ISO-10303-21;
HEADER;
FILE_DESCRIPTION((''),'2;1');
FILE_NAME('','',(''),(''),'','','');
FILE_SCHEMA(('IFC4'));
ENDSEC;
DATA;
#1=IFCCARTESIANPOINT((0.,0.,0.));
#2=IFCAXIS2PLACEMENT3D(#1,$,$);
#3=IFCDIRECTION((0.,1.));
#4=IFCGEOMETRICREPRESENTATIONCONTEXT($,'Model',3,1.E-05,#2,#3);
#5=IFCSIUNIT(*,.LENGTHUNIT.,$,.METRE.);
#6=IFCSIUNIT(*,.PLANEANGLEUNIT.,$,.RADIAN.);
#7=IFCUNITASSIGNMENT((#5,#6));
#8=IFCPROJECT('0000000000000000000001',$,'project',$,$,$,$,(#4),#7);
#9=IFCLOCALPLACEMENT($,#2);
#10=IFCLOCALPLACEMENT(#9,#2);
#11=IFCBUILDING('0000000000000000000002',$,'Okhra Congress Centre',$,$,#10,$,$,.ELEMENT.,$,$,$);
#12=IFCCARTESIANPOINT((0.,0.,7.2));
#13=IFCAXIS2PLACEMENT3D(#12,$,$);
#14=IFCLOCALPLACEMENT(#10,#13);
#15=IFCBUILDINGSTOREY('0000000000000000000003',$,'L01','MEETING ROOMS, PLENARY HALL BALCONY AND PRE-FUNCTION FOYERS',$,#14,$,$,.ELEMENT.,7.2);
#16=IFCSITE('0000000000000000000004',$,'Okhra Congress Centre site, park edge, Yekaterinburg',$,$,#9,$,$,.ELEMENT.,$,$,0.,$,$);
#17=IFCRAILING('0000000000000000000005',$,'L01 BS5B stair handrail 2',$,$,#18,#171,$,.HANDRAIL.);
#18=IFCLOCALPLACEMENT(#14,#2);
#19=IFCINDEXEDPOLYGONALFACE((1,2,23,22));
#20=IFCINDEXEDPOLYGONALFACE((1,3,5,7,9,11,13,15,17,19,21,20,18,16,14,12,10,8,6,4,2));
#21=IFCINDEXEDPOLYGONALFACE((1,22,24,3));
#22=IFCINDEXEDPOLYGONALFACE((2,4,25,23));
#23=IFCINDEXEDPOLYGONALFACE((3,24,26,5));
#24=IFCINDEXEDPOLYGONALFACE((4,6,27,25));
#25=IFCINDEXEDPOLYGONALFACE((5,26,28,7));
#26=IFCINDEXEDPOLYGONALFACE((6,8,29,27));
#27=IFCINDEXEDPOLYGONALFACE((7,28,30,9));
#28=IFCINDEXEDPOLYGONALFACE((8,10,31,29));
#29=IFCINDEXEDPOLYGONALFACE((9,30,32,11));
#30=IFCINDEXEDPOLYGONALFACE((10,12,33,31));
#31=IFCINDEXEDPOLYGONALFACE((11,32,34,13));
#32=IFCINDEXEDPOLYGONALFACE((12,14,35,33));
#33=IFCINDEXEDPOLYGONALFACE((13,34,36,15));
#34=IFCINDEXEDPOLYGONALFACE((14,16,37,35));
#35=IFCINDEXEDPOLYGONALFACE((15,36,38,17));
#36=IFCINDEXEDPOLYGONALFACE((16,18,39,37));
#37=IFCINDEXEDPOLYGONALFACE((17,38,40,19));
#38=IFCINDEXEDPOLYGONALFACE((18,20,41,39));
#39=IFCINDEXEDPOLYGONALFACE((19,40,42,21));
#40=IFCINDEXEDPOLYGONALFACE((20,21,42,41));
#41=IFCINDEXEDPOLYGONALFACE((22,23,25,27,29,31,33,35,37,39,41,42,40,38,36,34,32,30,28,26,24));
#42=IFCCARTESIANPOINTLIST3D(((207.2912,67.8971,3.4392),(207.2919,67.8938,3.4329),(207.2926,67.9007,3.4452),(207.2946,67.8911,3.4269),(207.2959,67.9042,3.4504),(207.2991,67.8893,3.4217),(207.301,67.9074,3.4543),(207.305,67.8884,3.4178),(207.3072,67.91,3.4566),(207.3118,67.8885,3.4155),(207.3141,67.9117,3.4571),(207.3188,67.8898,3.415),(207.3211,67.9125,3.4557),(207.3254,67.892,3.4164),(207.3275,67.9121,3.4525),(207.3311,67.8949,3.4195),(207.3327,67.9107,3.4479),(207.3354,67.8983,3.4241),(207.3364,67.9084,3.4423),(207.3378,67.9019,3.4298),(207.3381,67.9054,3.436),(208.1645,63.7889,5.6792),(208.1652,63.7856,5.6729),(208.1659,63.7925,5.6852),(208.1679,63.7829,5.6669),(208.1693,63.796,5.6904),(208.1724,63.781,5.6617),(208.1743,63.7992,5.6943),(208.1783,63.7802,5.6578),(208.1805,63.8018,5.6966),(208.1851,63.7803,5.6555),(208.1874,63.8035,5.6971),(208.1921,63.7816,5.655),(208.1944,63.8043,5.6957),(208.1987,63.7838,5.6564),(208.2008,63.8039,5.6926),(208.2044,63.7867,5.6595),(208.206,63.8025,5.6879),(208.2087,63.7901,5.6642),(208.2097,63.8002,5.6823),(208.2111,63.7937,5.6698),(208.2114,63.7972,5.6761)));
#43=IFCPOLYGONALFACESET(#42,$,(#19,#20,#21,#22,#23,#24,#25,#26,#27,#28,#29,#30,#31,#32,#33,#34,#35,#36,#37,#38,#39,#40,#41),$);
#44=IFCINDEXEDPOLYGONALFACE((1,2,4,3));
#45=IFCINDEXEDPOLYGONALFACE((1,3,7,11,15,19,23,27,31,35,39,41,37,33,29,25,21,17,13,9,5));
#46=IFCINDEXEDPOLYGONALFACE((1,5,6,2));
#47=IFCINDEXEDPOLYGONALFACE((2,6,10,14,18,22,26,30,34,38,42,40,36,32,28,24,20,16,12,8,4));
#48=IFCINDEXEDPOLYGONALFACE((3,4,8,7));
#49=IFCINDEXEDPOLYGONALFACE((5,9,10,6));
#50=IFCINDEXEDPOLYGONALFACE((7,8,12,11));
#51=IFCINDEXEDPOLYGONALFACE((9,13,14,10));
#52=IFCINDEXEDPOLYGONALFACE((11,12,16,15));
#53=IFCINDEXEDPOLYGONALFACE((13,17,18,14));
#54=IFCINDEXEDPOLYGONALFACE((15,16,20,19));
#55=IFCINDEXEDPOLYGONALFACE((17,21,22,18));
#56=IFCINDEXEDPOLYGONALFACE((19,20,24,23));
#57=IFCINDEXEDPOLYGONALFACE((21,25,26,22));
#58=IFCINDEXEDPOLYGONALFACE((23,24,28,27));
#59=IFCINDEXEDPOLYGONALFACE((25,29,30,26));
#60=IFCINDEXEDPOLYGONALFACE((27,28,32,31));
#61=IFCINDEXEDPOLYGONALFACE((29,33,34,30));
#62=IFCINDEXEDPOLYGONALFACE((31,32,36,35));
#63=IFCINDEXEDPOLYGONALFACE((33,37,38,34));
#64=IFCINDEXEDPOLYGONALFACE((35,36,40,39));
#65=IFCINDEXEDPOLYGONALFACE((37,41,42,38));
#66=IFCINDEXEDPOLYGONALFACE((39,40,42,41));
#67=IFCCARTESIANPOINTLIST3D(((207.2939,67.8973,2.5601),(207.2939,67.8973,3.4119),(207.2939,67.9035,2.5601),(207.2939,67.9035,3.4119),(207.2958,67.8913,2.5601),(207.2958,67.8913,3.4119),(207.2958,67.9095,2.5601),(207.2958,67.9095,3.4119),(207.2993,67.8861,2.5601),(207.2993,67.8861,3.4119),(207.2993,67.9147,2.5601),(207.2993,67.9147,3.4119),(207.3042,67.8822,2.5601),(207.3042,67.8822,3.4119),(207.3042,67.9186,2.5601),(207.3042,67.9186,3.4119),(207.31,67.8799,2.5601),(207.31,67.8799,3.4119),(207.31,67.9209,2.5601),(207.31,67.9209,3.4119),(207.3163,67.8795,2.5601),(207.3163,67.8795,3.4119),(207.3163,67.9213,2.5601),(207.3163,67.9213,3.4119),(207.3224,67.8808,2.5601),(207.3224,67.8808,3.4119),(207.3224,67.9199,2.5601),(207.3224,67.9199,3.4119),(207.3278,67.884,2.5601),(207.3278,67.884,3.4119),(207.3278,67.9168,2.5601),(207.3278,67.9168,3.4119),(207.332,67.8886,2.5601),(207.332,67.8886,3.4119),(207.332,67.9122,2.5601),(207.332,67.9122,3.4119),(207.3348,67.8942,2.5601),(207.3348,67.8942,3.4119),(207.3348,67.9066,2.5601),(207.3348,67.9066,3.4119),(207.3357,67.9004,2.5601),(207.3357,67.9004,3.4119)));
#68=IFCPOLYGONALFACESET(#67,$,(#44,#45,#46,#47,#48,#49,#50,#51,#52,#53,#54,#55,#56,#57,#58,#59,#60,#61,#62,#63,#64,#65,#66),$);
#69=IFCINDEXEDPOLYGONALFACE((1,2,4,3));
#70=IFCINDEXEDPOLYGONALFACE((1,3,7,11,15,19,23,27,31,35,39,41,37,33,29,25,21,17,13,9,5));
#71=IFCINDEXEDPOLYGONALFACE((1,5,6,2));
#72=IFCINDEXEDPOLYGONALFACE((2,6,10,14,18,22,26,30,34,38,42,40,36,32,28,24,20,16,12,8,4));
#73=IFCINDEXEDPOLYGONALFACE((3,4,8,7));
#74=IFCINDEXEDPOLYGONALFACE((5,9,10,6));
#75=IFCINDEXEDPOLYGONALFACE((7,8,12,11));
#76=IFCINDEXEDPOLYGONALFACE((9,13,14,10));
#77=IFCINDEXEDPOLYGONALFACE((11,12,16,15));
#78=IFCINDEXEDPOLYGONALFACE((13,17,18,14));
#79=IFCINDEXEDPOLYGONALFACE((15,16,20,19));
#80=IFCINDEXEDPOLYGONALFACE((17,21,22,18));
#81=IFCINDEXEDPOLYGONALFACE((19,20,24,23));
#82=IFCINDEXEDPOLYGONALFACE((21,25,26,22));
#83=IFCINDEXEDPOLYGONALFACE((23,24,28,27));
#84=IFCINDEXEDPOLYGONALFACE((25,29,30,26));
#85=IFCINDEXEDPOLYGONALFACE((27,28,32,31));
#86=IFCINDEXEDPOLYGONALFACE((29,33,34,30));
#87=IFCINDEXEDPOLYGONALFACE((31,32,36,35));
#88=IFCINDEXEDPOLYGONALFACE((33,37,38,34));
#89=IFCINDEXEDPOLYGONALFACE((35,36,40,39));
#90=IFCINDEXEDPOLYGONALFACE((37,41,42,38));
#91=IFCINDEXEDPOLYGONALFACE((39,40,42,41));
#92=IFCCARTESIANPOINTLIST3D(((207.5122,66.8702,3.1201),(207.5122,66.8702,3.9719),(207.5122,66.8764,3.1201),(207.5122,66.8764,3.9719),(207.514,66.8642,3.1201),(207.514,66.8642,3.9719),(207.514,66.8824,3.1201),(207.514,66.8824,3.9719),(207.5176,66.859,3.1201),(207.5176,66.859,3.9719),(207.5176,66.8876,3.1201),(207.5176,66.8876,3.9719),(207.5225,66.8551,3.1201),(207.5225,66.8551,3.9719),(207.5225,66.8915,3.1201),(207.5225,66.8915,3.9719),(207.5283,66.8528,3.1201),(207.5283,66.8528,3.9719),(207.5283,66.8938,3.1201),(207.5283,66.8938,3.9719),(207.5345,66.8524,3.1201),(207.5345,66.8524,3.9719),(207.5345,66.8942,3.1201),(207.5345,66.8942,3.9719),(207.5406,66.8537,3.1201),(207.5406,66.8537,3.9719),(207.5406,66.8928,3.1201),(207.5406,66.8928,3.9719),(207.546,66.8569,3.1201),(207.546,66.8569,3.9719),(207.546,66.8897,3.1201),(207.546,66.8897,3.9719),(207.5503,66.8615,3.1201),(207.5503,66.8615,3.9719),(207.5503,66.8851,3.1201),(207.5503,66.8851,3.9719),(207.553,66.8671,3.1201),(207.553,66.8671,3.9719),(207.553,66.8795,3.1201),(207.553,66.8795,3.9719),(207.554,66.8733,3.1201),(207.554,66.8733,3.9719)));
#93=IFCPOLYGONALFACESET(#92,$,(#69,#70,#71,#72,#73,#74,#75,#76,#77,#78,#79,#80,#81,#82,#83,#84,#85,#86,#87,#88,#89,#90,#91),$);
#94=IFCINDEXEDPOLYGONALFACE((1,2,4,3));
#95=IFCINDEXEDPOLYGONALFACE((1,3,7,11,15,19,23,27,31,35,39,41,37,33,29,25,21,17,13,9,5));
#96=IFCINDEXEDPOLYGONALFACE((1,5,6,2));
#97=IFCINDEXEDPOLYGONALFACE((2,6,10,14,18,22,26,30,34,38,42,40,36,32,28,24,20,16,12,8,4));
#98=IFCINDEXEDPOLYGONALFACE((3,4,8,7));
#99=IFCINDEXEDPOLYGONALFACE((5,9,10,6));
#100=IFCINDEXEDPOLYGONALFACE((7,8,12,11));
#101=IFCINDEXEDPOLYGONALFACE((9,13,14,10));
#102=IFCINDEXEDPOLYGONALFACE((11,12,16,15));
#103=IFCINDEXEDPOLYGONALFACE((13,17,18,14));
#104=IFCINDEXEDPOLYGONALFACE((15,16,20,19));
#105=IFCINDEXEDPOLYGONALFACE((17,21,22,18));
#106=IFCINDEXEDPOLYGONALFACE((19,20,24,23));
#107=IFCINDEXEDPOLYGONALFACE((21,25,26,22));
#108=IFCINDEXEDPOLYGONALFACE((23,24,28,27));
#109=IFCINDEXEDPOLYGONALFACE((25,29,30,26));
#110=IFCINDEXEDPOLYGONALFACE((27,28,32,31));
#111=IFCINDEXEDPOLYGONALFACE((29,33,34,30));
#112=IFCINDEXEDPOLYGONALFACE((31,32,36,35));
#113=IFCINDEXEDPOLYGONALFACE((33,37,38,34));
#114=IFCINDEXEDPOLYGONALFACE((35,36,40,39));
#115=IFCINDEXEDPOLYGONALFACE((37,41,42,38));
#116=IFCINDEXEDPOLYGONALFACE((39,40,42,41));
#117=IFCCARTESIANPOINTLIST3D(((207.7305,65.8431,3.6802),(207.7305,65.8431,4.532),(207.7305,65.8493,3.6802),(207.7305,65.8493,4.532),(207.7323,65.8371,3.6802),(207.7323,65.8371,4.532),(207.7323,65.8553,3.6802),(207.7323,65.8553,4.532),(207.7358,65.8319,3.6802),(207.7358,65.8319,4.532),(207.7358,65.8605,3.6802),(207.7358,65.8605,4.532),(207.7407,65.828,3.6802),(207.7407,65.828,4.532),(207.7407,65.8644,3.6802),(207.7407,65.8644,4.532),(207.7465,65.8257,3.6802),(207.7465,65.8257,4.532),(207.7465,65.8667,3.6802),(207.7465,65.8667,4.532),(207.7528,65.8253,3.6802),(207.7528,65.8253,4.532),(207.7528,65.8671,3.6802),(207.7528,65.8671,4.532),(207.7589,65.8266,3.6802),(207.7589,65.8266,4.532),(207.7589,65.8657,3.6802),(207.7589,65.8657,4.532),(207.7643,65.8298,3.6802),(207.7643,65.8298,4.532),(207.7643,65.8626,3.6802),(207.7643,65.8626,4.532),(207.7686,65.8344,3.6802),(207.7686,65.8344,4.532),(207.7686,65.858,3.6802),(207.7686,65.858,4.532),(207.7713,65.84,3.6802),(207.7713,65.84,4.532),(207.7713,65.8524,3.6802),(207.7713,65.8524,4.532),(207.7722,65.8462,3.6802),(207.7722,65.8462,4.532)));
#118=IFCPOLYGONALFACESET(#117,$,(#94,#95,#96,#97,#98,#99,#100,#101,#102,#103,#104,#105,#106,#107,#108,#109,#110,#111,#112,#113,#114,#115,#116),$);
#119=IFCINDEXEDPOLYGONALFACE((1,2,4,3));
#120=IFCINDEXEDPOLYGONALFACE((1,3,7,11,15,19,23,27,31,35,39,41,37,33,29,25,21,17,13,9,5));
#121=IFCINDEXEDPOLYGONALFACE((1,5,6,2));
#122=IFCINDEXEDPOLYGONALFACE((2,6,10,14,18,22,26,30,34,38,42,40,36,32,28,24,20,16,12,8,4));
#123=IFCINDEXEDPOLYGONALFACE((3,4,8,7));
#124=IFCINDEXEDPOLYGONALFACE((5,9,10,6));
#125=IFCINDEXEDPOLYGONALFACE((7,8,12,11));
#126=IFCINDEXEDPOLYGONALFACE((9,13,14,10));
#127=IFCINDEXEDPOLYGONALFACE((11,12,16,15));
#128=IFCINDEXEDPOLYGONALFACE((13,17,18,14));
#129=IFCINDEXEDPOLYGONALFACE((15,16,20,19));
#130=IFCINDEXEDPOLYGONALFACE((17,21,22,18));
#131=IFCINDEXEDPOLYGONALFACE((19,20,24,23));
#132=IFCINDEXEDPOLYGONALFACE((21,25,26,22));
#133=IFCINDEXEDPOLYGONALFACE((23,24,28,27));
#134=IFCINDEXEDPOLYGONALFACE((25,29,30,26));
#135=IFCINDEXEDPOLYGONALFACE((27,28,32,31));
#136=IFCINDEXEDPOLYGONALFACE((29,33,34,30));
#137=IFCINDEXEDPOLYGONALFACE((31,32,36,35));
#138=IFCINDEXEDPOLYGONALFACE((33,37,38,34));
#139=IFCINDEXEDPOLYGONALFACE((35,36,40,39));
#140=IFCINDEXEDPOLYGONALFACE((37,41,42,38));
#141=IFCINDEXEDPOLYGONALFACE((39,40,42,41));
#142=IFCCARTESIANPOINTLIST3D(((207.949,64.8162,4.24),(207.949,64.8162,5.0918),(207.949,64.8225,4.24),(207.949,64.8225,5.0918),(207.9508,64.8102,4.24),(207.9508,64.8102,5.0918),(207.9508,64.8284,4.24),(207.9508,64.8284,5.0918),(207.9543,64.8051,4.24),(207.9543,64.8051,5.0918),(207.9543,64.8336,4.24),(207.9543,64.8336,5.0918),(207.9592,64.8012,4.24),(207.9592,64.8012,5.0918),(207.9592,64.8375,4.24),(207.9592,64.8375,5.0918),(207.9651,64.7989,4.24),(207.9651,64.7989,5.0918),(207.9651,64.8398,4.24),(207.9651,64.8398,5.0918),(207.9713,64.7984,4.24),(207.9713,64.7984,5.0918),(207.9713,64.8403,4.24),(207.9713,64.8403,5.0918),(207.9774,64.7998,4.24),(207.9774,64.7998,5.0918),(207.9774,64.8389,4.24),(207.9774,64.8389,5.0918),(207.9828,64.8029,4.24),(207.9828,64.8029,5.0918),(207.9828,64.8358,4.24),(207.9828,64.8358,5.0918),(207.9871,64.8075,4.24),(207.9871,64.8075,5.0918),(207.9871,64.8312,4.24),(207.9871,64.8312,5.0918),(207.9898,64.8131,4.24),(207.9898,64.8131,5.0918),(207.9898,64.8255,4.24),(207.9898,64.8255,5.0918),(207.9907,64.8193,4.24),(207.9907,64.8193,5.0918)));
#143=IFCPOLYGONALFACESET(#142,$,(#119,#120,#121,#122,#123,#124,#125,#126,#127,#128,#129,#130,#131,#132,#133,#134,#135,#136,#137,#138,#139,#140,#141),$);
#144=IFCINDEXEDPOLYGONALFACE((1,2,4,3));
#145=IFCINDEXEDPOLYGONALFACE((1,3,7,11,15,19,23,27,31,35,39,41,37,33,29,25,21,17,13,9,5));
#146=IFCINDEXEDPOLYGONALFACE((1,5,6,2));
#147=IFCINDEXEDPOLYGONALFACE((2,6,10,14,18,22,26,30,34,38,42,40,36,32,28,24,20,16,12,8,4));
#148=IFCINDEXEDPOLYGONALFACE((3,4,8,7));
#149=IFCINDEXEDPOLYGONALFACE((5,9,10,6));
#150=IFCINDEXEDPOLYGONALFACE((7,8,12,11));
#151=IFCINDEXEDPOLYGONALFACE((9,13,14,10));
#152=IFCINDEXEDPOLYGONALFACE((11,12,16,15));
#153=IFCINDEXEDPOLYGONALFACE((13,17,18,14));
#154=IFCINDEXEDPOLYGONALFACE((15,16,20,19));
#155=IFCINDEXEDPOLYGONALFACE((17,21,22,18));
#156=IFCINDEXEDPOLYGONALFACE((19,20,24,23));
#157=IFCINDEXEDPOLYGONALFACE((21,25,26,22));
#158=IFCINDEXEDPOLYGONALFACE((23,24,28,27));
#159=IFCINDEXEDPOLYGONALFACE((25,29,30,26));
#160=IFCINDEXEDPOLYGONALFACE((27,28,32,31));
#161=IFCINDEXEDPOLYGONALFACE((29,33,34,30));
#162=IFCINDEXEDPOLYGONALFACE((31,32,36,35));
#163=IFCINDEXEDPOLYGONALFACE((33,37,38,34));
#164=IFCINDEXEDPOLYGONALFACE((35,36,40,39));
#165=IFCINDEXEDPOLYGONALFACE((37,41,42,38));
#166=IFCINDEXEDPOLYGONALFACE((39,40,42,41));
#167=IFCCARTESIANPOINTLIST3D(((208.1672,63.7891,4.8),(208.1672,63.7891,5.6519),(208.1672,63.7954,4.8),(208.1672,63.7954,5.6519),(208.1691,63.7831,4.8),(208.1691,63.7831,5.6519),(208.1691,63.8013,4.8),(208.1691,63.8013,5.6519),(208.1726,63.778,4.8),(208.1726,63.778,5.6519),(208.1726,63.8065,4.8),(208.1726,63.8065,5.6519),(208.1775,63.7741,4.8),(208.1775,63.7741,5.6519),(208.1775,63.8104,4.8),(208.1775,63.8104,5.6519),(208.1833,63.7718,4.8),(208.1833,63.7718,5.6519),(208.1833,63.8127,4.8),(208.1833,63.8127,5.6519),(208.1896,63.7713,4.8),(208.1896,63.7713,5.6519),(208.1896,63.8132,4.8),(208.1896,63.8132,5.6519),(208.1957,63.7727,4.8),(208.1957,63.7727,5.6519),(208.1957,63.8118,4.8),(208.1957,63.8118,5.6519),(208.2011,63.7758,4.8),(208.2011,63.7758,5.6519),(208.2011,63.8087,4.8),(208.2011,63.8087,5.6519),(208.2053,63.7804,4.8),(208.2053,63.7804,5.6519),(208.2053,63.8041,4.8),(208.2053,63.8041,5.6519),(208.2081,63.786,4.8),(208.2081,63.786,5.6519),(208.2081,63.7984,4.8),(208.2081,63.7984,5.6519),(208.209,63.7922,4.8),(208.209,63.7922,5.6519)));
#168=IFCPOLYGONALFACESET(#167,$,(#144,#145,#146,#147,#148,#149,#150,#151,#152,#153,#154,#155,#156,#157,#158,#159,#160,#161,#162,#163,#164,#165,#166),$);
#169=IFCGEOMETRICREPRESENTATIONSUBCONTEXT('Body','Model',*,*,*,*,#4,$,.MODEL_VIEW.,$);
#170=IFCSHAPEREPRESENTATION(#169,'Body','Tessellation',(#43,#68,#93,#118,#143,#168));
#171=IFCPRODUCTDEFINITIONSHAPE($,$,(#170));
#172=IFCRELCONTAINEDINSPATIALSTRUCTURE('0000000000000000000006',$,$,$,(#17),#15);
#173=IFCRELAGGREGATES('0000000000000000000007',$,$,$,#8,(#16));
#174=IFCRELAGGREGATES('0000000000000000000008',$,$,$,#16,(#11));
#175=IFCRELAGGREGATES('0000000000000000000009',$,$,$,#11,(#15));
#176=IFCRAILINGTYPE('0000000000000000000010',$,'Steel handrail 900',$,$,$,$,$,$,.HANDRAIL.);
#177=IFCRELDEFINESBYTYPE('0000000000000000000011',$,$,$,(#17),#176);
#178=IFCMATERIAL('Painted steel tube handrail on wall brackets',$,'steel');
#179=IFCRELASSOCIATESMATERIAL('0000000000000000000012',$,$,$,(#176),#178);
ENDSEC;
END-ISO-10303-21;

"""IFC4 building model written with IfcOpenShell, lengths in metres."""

from ifc_helpers import new_model, si_unit, direction, frame, origin, origin_2d, place, context, subcontext, project, spatial, circle, extrude, material, type_object, element, save


model = new_model("IFC4")

# Units and contexts
model_context = context("Model", 3, precision=1e-05, world=origin(), true_north=direction((0.0, 1.0)))
body_context = subcontext(model_context, "Body", "Model", "MODEL_VIEW")
ifc_project = project(units=[si_unit("LENGTHUNIT", "METRE"), si_unit("PLANEANGLEUNIT", "RADIAN")], contexts=[model_context])

# Site, building, storey
site_placement = place(None, origin())
site = spatial("IfcSite", under=ifc_project, at=site_placement, Name="Okhra Congress Centre site, park edge, Yekaterinburg", CompositionType="ELEMENT", RefElevation=0.0)
building_placement = place(site_placement, origin())
building = spatial("IfcBuilding", under=site, at=building_placement, Name="Okhra Congress Centre", CompositionType="ELEMENT")
storey_placement = place(building_placement, frame((0.0, 0.0, 7.2)))
storey = spatial("IfcBuildingStorey", under=building, at=storey_placement, Name="L01", Description="MEETING ROOMS, PLENARY HALL BALCONY AND PRE-FUNCTION FOYERS", CompositionType="ELEMENT", Elevation=7.2)

# Railing
ifc_material_1 = material(Name="Painted steel tube handrail on wall brackets", Category="steel")
railing_type_1 = type_object("IfcRailingType", Name="Steel handrail 900", PredefinedType="HANDRAIL", material=ifc_material_1)
railing_1_placement = place(storey_placement, frame((207.3147, 67.9004, 2.5601)))
element("IfcRailing", 1, at=railing_1_placement, inside=storey, type_object=railing_type_1, Name="L01 BS5B stair handrail 2", PredefinedType="HANDRAIL", context=body_context, shape_type="SweptSolid", body=[
    extrude(circle(Radius=0.0239, at=origin_2d()), frame((0.0, 0.0, 0.876), z_axis=(0.183466, -0.863067, 0.470591), x_axis=(0.978144, 0.207929, 0.0)), (0.0, 0.0, 1.0), 4.76),
    extrude(circle(Radius=0.021, at=origin_2d()), origin(), (0.0, 0.0, 1.0), 0.8518),
    extrude(circle(Radius=0.021, at=origin_2d()), frame((0.2183, -1.0271, 0.5601)), (0.0, 0.0, 1.0), 0.8518),
    extrude(circle(Radius=0.021, at=origin_2d()), frame((0.4365, -2.0542, 1.1201)), (0.0, 0.0, 1.0), 0.8518),
    extrude(circle(Radius=0.021, at=origin_2d()), frame((0.655, -3.0811, 1.6799)), (0.0, 0.0, 1.0), 0.8518),
    extrude(circle(Radius=0.021, at=origin_2d()), frame((0.8733, -4.1082, 2.24)), (0.0, 0.0, 1.0), 0.8518),
])

save(model, "model.ifc")
